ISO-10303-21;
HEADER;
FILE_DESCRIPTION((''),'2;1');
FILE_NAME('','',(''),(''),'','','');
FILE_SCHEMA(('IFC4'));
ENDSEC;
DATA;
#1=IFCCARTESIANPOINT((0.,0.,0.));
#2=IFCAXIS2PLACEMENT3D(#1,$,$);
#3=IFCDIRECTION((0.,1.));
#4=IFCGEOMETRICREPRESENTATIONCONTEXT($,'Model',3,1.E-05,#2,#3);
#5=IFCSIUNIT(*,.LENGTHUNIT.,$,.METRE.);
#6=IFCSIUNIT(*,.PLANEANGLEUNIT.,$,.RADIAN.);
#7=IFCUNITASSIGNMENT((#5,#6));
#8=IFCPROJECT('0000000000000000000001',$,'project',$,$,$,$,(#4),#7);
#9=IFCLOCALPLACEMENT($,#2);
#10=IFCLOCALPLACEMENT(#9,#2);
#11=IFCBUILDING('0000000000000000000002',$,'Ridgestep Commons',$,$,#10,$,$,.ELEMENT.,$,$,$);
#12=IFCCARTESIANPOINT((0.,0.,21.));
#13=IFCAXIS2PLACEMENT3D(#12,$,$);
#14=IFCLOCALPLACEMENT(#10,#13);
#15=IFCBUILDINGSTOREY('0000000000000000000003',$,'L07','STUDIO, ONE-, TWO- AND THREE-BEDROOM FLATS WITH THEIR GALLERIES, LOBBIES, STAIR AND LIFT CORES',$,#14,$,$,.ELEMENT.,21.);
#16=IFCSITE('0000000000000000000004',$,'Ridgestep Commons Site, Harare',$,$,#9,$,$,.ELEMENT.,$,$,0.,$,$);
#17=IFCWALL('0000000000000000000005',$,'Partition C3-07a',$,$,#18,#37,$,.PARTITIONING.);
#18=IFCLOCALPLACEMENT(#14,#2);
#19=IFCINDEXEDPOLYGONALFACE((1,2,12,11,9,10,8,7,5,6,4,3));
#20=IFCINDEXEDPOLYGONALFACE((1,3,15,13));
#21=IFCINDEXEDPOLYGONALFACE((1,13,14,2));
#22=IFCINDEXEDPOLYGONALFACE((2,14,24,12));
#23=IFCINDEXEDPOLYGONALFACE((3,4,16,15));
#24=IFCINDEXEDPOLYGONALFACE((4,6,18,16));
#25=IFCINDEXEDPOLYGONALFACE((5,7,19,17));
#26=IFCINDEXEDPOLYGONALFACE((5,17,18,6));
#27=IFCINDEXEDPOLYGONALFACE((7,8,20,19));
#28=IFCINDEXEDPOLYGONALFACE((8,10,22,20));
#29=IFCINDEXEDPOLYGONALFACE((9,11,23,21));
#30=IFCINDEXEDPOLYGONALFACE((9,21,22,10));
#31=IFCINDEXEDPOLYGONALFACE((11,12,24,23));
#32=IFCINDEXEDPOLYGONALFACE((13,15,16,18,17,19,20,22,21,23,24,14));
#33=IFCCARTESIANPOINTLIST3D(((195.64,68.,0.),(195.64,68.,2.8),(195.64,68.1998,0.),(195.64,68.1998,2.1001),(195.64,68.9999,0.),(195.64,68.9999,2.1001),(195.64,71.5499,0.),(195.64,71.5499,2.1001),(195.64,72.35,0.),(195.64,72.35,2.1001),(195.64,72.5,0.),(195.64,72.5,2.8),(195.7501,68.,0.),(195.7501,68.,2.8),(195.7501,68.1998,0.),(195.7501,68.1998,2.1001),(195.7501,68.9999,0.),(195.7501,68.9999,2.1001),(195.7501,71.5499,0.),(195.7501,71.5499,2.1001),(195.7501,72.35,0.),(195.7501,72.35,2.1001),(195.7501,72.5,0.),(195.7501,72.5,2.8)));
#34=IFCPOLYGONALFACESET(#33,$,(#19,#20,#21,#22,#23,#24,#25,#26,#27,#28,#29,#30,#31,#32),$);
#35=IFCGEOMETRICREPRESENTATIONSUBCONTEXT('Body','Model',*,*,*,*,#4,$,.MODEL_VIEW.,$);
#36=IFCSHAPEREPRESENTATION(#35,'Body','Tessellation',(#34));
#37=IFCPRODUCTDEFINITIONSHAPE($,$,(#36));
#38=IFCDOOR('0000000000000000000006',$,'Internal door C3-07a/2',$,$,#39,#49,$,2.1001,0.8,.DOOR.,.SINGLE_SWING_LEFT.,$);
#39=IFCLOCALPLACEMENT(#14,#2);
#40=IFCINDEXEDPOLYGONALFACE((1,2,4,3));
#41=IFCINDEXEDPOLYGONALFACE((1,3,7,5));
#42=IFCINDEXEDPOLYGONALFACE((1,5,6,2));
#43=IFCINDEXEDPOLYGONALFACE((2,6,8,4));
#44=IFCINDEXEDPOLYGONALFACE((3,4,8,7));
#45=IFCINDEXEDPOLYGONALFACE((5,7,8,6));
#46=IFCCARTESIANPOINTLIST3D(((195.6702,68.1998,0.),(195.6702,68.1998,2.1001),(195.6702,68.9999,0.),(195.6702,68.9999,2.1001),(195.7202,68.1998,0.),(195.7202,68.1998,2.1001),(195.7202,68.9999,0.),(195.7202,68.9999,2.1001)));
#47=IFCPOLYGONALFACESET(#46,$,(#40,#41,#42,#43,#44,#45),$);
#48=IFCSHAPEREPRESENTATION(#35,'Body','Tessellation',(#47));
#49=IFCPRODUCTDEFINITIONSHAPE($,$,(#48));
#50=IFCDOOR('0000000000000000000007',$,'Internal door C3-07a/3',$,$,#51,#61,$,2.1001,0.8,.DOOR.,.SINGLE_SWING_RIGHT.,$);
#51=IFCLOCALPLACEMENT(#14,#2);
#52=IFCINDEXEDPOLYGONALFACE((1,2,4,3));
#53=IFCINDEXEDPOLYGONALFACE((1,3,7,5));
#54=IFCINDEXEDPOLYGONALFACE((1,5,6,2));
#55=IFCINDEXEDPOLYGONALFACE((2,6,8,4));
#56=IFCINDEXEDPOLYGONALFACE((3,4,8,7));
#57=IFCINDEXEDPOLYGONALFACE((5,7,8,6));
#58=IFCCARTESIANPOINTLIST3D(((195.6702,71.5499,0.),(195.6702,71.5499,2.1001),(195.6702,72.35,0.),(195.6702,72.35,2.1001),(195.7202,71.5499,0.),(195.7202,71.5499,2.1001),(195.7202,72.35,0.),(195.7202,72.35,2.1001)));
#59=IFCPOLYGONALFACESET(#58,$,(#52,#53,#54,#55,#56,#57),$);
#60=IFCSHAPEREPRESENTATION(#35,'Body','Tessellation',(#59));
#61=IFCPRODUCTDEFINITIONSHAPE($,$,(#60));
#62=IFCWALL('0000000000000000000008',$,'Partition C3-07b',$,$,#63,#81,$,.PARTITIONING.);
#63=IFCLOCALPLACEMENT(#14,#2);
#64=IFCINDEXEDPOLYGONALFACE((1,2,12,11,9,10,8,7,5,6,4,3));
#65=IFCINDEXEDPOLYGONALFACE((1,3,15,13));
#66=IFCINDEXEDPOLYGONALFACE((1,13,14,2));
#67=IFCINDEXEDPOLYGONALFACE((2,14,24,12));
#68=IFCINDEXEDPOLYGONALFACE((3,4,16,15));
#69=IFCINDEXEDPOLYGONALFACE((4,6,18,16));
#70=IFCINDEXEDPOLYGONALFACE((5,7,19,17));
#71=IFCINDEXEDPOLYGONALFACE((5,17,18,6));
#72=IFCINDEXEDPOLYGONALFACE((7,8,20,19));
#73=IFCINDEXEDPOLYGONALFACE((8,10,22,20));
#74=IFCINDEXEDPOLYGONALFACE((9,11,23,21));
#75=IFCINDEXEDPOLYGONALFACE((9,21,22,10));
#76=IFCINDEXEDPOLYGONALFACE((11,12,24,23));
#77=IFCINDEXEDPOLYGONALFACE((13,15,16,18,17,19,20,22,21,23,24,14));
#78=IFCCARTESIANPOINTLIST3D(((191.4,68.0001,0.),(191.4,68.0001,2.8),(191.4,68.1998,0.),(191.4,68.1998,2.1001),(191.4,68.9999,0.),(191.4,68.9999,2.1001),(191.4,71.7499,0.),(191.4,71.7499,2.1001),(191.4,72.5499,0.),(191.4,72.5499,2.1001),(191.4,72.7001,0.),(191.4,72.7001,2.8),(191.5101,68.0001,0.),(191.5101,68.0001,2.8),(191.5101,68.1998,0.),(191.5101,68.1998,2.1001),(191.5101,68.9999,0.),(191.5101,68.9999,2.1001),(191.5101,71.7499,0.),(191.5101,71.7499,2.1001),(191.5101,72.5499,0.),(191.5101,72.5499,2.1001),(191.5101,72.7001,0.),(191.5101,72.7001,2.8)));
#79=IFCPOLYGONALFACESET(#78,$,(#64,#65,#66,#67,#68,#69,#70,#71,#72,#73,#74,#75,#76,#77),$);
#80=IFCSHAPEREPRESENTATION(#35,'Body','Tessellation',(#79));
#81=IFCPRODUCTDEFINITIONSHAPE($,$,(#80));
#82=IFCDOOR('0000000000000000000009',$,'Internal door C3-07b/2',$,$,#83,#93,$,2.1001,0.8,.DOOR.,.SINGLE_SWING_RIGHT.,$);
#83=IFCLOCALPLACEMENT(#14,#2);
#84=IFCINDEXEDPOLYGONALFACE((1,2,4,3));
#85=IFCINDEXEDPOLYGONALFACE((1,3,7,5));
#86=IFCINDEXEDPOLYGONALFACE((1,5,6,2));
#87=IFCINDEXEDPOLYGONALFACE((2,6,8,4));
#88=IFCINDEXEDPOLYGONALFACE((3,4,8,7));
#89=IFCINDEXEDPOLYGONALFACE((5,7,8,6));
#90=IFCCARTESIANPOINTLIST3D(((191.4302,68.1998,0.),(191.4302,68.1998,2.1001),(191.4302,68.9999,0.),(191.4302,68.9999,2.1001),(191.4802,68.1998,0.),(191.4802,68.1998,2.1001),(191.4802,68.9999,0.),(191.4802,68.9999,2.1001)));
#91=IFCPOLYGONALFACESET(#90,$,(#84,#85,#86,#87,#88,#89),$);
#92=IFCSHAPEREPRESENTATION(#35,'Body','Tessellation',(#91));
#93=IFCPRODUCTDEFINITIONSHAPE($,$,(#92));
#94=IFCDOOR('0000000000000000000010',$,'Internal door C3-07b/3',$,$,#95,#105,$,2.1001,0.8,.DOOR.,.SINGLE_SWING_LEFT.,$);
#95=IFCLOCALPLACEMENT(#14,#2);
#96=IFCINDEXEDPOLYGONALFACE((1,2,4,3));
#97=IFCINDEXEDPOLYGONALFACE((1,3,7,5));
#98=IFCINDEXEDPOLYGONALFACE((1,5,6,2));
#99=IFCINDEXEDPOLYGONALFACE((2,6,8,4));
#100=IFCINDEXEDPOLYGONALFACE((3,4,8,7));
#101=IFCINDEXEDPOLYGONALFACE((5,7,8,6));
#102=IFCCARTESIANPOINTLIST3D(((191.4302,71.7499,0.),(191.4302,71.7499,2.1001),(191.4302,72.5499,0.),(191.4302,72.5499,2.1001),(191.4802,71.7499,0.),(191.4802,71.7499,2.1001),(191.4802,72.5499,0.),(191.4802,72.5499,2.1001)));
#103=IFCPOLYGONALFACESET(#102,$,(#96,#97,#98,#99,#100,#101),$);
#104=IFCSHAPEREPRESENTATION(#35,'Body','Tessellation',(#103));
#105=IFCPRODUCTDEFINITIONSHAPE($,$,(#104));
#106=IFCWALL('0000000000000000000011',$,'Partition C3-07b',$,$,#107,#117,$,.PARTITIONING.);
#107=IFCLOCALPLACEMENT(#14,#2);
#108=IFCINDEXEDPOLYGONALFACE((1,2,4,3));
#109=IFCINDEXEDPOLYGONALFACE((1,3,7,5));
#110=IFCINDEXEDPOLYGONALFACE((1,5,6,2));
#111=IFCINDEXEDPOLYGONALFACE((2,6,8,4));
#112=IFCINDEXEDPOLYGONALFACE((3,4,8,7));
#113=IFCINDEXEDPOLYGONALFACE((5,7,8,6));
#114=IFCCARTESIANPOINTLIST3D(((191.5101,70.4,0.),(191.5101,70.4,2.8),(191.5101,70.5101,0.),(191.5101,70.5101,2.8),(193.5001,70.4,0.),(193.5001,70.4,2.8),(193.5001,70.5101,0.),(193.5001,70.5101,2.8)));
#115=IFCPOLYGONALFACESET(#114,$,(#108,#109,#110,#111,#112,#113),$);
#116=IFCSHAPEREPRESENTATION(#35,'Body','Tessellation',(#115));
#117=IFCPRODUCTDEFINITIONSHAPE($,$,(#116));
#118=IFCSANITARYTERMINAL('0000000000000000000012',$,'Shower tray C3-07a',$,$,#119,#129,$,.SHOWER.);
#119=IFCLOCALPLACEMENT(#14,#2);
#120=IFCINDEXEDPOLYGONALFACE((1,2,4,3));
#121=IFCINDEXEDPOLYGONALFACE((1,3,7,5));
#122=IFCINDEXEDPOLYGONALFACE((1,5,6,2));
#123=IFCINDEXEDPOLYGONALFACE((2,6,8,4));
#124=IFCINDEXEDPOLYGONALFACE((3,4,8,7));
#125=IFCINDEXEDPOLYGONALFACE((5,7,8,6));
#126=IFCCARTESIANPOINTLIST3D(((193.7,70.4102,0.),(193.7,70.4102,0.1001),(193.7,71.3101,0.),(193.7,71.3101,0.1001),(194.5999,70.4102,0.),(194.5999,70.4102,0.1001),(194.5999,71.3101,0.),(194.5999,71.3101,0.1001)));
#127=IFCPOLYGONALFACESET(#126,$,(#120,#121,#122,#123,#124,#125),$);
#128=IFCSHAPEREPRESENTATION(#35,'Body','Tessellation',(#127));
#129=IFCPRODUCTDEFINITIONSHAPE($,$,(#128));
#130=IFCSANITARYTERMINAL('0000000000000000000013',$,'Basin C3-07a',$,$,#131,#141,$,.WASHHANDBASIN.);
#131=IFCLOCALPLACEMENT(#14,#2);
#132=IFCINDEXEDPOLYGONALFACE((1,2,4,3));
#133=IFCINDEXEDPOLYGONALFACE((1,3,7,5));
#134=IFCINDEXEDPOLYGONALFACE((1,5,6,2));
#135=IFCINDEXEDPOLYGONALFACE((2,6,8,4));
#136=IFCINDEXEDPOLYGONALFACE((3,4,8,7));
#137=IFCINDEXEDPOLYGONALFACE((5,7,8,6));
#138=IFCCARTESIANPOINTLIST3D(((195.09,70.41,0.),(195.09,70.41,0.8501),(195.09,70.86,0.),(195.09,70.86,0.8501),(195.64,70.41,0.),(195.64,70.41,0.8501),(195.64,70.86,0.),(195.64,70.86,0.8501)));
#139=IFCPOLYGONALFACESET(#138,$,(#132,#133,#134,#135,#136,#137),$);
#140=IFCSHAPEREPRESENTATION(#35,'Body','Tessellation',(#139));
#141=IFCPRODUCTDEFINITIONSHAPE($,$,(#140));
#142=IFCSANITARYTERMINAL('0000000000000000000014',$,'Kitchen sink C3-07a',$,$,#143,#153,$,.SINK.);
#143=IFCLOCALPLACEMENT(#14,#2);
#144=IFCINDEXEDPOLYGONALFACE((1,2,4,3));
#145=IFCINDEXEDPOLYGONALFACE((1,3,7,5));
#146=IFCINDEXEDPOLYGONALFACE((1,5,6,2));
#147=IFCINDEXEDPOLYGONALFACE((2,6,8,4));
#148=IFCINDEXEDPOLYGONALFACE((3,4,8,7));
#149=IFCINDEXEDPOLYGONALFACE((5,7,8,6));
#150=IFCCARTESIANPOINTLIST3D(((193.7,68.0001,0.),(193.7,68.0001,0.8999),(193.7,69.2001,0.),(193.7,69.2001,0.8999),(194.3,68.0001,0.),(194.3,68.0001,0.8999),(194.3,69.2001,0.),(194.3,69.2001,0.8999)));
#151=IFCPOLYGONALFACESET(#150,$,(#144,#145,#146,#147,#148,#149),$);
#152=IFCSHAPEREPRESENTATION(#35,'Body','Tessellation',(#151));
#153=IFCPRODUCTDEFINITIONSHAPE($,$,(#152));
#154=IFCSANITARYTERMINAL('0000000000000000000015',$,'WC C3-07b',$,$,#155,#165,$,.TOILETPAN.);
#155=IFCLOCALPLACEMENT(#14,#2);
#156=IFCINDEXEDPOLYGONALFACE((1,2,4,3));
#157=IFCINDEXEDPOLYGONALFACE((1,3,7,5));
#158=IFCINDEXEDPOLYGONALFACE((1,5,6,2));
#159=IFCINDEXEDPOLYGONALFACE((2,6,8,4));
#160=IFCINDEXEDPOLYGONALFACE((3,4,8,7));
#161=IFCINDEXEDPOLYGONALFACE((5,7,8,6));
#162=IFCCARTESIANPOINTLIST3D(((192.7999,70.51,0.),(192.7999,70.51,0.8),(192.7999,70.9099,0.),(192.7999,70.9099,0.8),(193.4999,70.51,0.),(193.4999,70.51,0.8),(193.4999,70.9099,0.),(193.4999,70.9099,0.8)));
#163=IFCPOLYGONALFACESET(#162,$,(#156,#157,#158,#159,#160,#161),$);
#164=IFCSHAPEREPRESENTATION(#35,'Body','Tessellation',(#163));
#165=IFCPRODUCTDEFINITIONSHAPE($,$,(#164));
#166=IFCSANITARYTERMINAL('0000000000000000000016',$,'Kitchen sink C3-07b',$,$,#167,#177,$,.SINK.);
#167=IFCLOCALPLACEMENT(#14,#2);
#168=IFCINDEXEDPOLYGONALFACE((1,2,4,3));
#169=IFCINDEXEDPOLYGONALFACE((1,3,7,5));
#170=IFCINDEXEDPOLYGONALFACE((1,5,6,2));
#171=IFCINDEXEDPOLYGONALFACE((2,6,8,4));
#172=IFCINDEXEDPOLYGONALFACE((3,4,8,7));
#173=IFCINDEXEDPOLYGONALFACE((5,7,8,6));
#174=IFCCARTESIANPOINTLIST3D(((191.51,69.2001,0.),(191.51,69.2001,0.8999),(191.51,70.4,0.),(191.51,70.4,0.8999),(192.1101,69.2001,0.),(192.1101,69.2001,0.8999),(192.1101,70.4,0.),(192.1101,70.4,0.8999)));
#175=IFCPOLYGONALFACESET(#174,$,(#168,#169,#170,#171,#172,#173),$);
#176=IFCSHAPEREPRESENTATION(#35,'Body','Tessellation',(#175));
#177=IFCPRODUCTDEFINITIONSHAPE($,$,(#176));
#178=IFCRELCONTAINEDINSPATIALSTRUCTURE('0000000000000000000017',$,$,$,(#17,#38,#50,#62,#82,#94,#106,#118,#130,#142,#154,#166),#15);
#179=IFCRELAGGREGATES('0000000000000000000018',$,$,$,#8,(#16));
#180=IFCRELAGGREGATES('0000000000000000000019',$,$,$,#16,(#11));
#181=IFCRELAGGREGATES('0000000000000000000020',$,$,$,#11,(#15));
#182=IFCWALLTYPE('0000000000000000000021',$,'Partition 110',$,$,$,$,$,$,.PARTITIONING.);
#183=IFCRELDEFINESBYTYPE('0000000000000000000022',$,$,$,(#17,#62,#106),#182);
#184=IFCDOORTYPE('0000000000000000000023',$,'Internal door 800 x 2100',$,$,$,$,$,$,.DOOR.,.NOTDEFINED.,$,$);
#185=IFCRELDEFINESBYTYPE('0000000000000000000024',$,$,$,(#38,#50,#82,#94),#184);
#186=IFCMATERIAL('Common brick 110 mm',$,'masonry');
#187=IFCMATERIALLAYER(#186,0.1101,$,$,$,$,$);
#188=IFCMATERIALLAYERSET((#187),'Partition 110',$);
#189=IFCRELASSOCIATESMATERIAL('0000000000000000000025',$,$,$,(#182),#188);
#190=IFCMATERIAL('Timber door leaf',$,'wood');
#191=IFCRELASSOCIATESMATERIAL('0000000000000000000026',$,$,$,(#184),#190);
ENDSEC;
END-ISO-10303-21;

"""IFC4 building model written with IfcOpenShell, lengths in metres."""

from ifc_helpers import new_model, si_unit, direction, frame, frame_2d, origin, origin_2d, place, context, subcontext, project, spatial, rectangle, extrude, material, layer, layer_set, type_object, element, fill, save


model = new_model("IFC4")

# Units and contexts
model_context = context("Model", 3, precision=1e-05, world=origin(), true_north=direction((0.0, 1.0)))
body_context = subcontext(model_context, "Body", "Model", "MODEL_VIEW")
ifc_project = project(units=[si_unit("LENGTHUNIT", "METRE"), si_unit("PLANEANGLEUNIT", "RADIAN")], contexts=[model_context])

# Site, building, storey
site_placement = place(None, origin())
site = spatial("IfcSite", under=ifc_project, at=site_placement, Name="Ridgestep Commons Site, Harare", CompositionType="ELEMENT", RefElevation=0.0)
building_placement = place(site_placement, origin())
building = spatial("IfcBuilding", under=site, at=building_placement, Name="Ridgestep Commons", CompositionType="ELEMENT")
storey_placement = place(building_placement, frame((0.0, 0.0, 21.0)))
storey = spatial("IfcBuildingStorey", under=building, at=storey_placement, Name="L07", Description="STUDIO, ONE-, TWO- AND THREE-BEDROOM FLATS WITH THEIR GALLERIES, LOBBIES, STAIR AND LIFT CORES", CompositionType="ELEMENT", Elevation=21.0)

# Shared definitions
ifc_material_1 = material(Name="Common brick 110 mm", Category="masonry")
ifc_layer_1 = layer(ifc_material_1, 0.1101)
ifc_layer_set_1 = layer_set([ifc_layer_1], Name="Partition 110")
wall_type_1 = type_object("IfcWallType", Name="Partition 110", PredefinedType="PARTITIONING", material=ifc_layer_set_1)

# Walls, openings, doors
wall_1_placement = place(storey_placement, frame((195.6951, 68.0, 0.0), z_axis=(0.0, 0.0, 1.0), x_axis=(0.0, 1.0, 0.0)))
wall_1 = element("IfcWall", 1, at=wall_1_placement, inside=storey, type_object=wall_type_1, Name="Partition C3-07a", PredefinedType="PARTITIONING", context=body_context, shape_type="SweptSolid", body=[
    extrude(rectangle(XDim=4.5, YDim=0.1101, at=frame_2d((2.25, 0.0))), origin(), (0.0, 0.0, 1.0), 2.8),
])
opening_1_placement = place(wall_1_placement, frame((0.2, 0.0, 0.0)))
opening_1 = element("IfcOpeningElement", 2, at=opening_1_placement, cuts=wall_1, PredefinedType="OPENING", context=body_context, shape_type="SweptSolid", body=[
    extrude(rectangle(XDim=0.8, YDim=2.1001, at=frame_2d((0.3999, 1.05))), frame((0.0, 0.0649, 0.0), z_axis=(0.0, -1.0, 0.0), x_axis=(1.0, 0.0, 0.0)), (0.0, 0.0, 1.0), 0.1301),
])
opening_2_placement = place(wall_1_placement, frame((3.55, 0.0, 0.0)))
opening_2 = element("IfcOpeningElement", 3, at=opening_2_placement, cuts=wall_1, PredefinedType="OPENING", context=body_context, shape_type="SweptSolid", body=[
    extrude(rectangle(XDim=0.8, YDim=2.1001, at=frame_2d((0.3999, 1.05))), frame((0.0, 0.0649, 0.0), z_axis=(0.0, -1.0, 0.0), x_axis=(1.0, 0.0, 0.0)), (0.0, 0.0, 1.0), 0.1301),
])
ifc_material_2 = material(Name="Timber door leaf", Category="wood")
door_type_1 = type_object("IfcDoorType", Name="Internal door 800 x 2100", OperationType="NOTDEFINED", PredefinedType="DOOR", material=ifc_material_2)
door_1_placement = place(opening_1_placement, origin())
door_1 = element("IfcDoor", 4, at=door_1_placement, inside=storey, type_object=door_type_1, Name="Internal door C3-07a/2", OperationType="SINGLE_SWING_LEFT", OverallHeight=2.1001, OverallWidth=0.8, PredefinedType="DOOR", context=body_context, shape_type="SweptSolid", body=[
    extrude(rectangle(XDim=0.8, YDim=2.1001, at=frame_2d((0.3999, 1.05))), frame((0.0, 0.0249, 0.0), z_axis=(0.0, -1.0, 0.0), x_axis=(1.0, 0.0, 0.0)), (0.0, 0.0, 1.0), 0.05),
])
fill(opening_1, door_1)
door_2_placement = place(opening_2_placement, origin())
door_2 = element("IfcDoor", 5, at=door_2_placement, inside=storey, type_object=door_type_1, Name="Internal door C3-07a/3", OperationType="SINGLE_SWING_RIGHT", OverallHeight=2.1001, OverallWidth=0.8, PredefinedType="DOOR", context=body_context, shape_type="SweptSolid", body=[
    extrude(rectangle(XDim=0.8, YDim=2.1001, at=frame_2d((0.3999, 1.05))), frame((0.0, 0.0249, 0.0), z_axis=(0.0, -1.0, 0.0), x_axis=(1.0, 0.0, 0.0)), (0.0, 0.0, 1.0), 0.05),
])
fill(opening_2, door_2)
wall_2_placement = place(storey_placement, frame((191.4551, 68.0, 0.0), z_axis=(0.0, 0.0, 1.0), x_axis=(0.0, 1.0, 0.0)))
wall_2 = element("IfcWall", 6, at=wall_2_placement, inside=storey, type_object=wall_type_1, Name="Partition C3-07b", PredefinedType="PARTITIONING", context=body_context, shape_type="SweptSolid", body=[
    extrude(rectangle(XDim=4.7, YDim=0.1101, at=frame_2d((2.3501, 0.0))), origin(), (0.0, 0.0, 1.0), 2.8),
])
opening_3_placement = place(wall_2_placement, frame((0.2, 0.0, 0.0)))
opening_3 = element("IfcOpeningElement", 7, at=opening_3_placement, cuts=wall_2, PredefinedType="OPENING", context=body_context, shape_type="SweptSolid", body=[
    extrude(rectangle(XDim=0.8, YDim=2.1001, at=frame_2d((0.3999, 1.05))), frame((0.0, 0.0649, 0.0), z_axis=(0.0, -1.0, 0.0), x_axis=(1.0, 0.0, 0.0)), (0.0, 0.0, 1.0), 0.1301),
])
opening_4_placement = place(wall_2_placement, frame((3.75, 0.0, 0.0)))
opening_4 = element("IfcOpeningElement", 8, at=opening_4_placement, cuts=wall_2, PredefinedType="OPENING", context=body_context, shape_type="SweptSolid", body=[
    extrude(rectangle(XDim=0.8, YDim=2.1001, at=frame_2d((0.3999, 1.05))), frame((0.0, 0.0649, 0.0), z_axis=(0.0, -1.0, 0.0), x_axis=(1.0, 0.0, 0.0)), (0.0, 0.0, 1.0), 0.1301),
])
door_3_placement = place(opening_3_placement, origin())
door_3 = element("IfcDoor", 9, at=door_3_placement, inside=storey, type_object=door_type_1, Name="Internal door C3-07b/2", OperationType="SINGLE_SWING_RIGHT", OverallHeight=2.1001, OverallWidth=0.8, PredefinedType="DOOR", context=body_context, shape_type="SweptSolid", body=[
    extrude(rectangle(XDim=0.8, YDim=2.1001, at=frame_2d((0.3999, 1.05))), frame((0.0, 0.0249, 0.0), z_axis=(0.0, -1.0, 0.0), x_axis=(1.0, 0.0, 0.0)), (0.0, 0.0, 1.0), 0.05),
])
fill(opening_3, door_3)
door_4_placement = place(opening_4_placement, origin())
door_4 = element("IfcDoor", 10, at=door_4_placement, inside=storey, type_object=door_type_1, Name="Internal door C3-07b/3", OperationType="SINGLE_SWING_LEFT", OverallHeight=2.1001, OverallWidth=0.8, PredefinedType="DOOR", context=body_context, shape_type="SweptSolid", body=[
    extrude(rectangle(XDim=0.8, YDim=2.1001, at=frame_2d((0.3999, 1.05))), frame((0.0, 0.0249, 0.0), z_axis=(0.0, -1.0, 0.0), x_axis=(1.0, 0.0, 0.0)), (0.0, 0.0, 1.0), 0.05),
])
fill(opening_4, door_4)

# Wall
wall_3_placement = place(storey_placement, frame((191.51, 70.4551, 0.0), z_axis=(0.0, 0.0, 1.0), x_axis=(1.0, 0.0, 0.0)))
element("IfcWall", 11, at=wall_3_placement, inside=storey, type_object=wall_type_1, Name="Partition C3-07b", PredefinedType="PARTITIONING", context=body_context, shape_type="SweptSolid", body=[
    extrude(rectangle(XDim=1.99, YDim=0.1101, at=frame_2d((0.9951, 0.0))), origin(), (0.0, 0.0, 1.0), 2.8),
])

# Sanitary terminals
sanitary_terminal_1_placement = place(storey_placement, frame((194.1499, 70.8601, 0.0), z_axis=(0.0, 0.0, 1.0), x_axis=(1.0, 0.0, 0.0)))
element("IfcSanitaryTerminal", 12, at=sanitary_terminal_1_placement, inside=storey, Name="Shower tray C3-07a", PredefinedType="SHOWER", context=body_context, shape_type="SweptSolid", body=[
    extrude(rectangle(XDim=0.8999, YDim=0.8999, at=origin_2d()), origin(), (0.0, 0.0, 1.0), 0.1001),
])
sanitary_terminal_2_placement = place(storey_placement, frame((195.365, 70.635, 0.0), z_axis=(0.0, 0.0, 1.0), x_axis=(1.0, 0.0, 0.0)))
element("IfcSanitaryTerminal", 13, at=sanitary_terminal_2_placement, inside=storey, Name="Basin C3-07a", PredefinedType="WASHHANDBASIN", context=body_context, shape_type="SweptSolid", body=[
    extrude(rectangle(XDim=0.55, YDim=0.45, at=origin_2d()), origin(), (0.0, 0.0, 1.0), 0.8501),
])
sanitary_terminal_3_placement = place(storey_placement, frame((194.0, 68.6001, 0.0), z_axis=(0.0, 0.0, 1.0), x_axis=(1.0, 0.0, 0.0)))
element("IfcSanitaryTerminal", 14, at=sanitary_terminal_3_placement, inside=storey, Name="Kitchen sink C3-07a", PredefinedType="SINK", context=body_context, shape_type="SweptSolid", body=[
    extrude(rectangle(XDim=0.6001, YDim=1.2, at=origin_2d()), origin(), (0.0, 0.0, 1.0), 0.8999),
])
sanitary_terminal_4_placement = place(storey_placement, frame((193.1499, 70.71, 0.0), z_axis=(0.0, 0.0, 1.0), x_axis=(1.0, 0.0, 0.0)))
element("IfcSanitaryTerminal", 15, at=sanitary_terminal_4_placement, inside=storey, Name="WC C3-07b", PredefinedType="TOILETPAN", context=body_context, shape_type="SweptSolid", body=[
    extrude(rectangle(XDim=0.7, YDim=0.3999, at=origin_2d()), origin(), (0.0, 0.0, 1.0), 0.8),
])
sanitary_terminal_5_placement = place(storey_placement, frame((191.8101, 69.8, 0.0), z_axis=(0.0, 0.0, 1.0), x_axis=(1.0, 0.0, 0.0)))
element("IfcSanitaryTerminal", 16, at=sanitary_terminal_5_placement, inside=storey, Name="Kitchen sink C3-07b", PredefinedType="SINK", context=body_context, shape_type="SweptSolid", body=[
    extrude(rectangle(XDim=0.6001, YDim=1.2, at=origin_2d()), origin(), (0.0, 0.0, 1.0), 0.8999),
])

save(model, "model.ifc")
